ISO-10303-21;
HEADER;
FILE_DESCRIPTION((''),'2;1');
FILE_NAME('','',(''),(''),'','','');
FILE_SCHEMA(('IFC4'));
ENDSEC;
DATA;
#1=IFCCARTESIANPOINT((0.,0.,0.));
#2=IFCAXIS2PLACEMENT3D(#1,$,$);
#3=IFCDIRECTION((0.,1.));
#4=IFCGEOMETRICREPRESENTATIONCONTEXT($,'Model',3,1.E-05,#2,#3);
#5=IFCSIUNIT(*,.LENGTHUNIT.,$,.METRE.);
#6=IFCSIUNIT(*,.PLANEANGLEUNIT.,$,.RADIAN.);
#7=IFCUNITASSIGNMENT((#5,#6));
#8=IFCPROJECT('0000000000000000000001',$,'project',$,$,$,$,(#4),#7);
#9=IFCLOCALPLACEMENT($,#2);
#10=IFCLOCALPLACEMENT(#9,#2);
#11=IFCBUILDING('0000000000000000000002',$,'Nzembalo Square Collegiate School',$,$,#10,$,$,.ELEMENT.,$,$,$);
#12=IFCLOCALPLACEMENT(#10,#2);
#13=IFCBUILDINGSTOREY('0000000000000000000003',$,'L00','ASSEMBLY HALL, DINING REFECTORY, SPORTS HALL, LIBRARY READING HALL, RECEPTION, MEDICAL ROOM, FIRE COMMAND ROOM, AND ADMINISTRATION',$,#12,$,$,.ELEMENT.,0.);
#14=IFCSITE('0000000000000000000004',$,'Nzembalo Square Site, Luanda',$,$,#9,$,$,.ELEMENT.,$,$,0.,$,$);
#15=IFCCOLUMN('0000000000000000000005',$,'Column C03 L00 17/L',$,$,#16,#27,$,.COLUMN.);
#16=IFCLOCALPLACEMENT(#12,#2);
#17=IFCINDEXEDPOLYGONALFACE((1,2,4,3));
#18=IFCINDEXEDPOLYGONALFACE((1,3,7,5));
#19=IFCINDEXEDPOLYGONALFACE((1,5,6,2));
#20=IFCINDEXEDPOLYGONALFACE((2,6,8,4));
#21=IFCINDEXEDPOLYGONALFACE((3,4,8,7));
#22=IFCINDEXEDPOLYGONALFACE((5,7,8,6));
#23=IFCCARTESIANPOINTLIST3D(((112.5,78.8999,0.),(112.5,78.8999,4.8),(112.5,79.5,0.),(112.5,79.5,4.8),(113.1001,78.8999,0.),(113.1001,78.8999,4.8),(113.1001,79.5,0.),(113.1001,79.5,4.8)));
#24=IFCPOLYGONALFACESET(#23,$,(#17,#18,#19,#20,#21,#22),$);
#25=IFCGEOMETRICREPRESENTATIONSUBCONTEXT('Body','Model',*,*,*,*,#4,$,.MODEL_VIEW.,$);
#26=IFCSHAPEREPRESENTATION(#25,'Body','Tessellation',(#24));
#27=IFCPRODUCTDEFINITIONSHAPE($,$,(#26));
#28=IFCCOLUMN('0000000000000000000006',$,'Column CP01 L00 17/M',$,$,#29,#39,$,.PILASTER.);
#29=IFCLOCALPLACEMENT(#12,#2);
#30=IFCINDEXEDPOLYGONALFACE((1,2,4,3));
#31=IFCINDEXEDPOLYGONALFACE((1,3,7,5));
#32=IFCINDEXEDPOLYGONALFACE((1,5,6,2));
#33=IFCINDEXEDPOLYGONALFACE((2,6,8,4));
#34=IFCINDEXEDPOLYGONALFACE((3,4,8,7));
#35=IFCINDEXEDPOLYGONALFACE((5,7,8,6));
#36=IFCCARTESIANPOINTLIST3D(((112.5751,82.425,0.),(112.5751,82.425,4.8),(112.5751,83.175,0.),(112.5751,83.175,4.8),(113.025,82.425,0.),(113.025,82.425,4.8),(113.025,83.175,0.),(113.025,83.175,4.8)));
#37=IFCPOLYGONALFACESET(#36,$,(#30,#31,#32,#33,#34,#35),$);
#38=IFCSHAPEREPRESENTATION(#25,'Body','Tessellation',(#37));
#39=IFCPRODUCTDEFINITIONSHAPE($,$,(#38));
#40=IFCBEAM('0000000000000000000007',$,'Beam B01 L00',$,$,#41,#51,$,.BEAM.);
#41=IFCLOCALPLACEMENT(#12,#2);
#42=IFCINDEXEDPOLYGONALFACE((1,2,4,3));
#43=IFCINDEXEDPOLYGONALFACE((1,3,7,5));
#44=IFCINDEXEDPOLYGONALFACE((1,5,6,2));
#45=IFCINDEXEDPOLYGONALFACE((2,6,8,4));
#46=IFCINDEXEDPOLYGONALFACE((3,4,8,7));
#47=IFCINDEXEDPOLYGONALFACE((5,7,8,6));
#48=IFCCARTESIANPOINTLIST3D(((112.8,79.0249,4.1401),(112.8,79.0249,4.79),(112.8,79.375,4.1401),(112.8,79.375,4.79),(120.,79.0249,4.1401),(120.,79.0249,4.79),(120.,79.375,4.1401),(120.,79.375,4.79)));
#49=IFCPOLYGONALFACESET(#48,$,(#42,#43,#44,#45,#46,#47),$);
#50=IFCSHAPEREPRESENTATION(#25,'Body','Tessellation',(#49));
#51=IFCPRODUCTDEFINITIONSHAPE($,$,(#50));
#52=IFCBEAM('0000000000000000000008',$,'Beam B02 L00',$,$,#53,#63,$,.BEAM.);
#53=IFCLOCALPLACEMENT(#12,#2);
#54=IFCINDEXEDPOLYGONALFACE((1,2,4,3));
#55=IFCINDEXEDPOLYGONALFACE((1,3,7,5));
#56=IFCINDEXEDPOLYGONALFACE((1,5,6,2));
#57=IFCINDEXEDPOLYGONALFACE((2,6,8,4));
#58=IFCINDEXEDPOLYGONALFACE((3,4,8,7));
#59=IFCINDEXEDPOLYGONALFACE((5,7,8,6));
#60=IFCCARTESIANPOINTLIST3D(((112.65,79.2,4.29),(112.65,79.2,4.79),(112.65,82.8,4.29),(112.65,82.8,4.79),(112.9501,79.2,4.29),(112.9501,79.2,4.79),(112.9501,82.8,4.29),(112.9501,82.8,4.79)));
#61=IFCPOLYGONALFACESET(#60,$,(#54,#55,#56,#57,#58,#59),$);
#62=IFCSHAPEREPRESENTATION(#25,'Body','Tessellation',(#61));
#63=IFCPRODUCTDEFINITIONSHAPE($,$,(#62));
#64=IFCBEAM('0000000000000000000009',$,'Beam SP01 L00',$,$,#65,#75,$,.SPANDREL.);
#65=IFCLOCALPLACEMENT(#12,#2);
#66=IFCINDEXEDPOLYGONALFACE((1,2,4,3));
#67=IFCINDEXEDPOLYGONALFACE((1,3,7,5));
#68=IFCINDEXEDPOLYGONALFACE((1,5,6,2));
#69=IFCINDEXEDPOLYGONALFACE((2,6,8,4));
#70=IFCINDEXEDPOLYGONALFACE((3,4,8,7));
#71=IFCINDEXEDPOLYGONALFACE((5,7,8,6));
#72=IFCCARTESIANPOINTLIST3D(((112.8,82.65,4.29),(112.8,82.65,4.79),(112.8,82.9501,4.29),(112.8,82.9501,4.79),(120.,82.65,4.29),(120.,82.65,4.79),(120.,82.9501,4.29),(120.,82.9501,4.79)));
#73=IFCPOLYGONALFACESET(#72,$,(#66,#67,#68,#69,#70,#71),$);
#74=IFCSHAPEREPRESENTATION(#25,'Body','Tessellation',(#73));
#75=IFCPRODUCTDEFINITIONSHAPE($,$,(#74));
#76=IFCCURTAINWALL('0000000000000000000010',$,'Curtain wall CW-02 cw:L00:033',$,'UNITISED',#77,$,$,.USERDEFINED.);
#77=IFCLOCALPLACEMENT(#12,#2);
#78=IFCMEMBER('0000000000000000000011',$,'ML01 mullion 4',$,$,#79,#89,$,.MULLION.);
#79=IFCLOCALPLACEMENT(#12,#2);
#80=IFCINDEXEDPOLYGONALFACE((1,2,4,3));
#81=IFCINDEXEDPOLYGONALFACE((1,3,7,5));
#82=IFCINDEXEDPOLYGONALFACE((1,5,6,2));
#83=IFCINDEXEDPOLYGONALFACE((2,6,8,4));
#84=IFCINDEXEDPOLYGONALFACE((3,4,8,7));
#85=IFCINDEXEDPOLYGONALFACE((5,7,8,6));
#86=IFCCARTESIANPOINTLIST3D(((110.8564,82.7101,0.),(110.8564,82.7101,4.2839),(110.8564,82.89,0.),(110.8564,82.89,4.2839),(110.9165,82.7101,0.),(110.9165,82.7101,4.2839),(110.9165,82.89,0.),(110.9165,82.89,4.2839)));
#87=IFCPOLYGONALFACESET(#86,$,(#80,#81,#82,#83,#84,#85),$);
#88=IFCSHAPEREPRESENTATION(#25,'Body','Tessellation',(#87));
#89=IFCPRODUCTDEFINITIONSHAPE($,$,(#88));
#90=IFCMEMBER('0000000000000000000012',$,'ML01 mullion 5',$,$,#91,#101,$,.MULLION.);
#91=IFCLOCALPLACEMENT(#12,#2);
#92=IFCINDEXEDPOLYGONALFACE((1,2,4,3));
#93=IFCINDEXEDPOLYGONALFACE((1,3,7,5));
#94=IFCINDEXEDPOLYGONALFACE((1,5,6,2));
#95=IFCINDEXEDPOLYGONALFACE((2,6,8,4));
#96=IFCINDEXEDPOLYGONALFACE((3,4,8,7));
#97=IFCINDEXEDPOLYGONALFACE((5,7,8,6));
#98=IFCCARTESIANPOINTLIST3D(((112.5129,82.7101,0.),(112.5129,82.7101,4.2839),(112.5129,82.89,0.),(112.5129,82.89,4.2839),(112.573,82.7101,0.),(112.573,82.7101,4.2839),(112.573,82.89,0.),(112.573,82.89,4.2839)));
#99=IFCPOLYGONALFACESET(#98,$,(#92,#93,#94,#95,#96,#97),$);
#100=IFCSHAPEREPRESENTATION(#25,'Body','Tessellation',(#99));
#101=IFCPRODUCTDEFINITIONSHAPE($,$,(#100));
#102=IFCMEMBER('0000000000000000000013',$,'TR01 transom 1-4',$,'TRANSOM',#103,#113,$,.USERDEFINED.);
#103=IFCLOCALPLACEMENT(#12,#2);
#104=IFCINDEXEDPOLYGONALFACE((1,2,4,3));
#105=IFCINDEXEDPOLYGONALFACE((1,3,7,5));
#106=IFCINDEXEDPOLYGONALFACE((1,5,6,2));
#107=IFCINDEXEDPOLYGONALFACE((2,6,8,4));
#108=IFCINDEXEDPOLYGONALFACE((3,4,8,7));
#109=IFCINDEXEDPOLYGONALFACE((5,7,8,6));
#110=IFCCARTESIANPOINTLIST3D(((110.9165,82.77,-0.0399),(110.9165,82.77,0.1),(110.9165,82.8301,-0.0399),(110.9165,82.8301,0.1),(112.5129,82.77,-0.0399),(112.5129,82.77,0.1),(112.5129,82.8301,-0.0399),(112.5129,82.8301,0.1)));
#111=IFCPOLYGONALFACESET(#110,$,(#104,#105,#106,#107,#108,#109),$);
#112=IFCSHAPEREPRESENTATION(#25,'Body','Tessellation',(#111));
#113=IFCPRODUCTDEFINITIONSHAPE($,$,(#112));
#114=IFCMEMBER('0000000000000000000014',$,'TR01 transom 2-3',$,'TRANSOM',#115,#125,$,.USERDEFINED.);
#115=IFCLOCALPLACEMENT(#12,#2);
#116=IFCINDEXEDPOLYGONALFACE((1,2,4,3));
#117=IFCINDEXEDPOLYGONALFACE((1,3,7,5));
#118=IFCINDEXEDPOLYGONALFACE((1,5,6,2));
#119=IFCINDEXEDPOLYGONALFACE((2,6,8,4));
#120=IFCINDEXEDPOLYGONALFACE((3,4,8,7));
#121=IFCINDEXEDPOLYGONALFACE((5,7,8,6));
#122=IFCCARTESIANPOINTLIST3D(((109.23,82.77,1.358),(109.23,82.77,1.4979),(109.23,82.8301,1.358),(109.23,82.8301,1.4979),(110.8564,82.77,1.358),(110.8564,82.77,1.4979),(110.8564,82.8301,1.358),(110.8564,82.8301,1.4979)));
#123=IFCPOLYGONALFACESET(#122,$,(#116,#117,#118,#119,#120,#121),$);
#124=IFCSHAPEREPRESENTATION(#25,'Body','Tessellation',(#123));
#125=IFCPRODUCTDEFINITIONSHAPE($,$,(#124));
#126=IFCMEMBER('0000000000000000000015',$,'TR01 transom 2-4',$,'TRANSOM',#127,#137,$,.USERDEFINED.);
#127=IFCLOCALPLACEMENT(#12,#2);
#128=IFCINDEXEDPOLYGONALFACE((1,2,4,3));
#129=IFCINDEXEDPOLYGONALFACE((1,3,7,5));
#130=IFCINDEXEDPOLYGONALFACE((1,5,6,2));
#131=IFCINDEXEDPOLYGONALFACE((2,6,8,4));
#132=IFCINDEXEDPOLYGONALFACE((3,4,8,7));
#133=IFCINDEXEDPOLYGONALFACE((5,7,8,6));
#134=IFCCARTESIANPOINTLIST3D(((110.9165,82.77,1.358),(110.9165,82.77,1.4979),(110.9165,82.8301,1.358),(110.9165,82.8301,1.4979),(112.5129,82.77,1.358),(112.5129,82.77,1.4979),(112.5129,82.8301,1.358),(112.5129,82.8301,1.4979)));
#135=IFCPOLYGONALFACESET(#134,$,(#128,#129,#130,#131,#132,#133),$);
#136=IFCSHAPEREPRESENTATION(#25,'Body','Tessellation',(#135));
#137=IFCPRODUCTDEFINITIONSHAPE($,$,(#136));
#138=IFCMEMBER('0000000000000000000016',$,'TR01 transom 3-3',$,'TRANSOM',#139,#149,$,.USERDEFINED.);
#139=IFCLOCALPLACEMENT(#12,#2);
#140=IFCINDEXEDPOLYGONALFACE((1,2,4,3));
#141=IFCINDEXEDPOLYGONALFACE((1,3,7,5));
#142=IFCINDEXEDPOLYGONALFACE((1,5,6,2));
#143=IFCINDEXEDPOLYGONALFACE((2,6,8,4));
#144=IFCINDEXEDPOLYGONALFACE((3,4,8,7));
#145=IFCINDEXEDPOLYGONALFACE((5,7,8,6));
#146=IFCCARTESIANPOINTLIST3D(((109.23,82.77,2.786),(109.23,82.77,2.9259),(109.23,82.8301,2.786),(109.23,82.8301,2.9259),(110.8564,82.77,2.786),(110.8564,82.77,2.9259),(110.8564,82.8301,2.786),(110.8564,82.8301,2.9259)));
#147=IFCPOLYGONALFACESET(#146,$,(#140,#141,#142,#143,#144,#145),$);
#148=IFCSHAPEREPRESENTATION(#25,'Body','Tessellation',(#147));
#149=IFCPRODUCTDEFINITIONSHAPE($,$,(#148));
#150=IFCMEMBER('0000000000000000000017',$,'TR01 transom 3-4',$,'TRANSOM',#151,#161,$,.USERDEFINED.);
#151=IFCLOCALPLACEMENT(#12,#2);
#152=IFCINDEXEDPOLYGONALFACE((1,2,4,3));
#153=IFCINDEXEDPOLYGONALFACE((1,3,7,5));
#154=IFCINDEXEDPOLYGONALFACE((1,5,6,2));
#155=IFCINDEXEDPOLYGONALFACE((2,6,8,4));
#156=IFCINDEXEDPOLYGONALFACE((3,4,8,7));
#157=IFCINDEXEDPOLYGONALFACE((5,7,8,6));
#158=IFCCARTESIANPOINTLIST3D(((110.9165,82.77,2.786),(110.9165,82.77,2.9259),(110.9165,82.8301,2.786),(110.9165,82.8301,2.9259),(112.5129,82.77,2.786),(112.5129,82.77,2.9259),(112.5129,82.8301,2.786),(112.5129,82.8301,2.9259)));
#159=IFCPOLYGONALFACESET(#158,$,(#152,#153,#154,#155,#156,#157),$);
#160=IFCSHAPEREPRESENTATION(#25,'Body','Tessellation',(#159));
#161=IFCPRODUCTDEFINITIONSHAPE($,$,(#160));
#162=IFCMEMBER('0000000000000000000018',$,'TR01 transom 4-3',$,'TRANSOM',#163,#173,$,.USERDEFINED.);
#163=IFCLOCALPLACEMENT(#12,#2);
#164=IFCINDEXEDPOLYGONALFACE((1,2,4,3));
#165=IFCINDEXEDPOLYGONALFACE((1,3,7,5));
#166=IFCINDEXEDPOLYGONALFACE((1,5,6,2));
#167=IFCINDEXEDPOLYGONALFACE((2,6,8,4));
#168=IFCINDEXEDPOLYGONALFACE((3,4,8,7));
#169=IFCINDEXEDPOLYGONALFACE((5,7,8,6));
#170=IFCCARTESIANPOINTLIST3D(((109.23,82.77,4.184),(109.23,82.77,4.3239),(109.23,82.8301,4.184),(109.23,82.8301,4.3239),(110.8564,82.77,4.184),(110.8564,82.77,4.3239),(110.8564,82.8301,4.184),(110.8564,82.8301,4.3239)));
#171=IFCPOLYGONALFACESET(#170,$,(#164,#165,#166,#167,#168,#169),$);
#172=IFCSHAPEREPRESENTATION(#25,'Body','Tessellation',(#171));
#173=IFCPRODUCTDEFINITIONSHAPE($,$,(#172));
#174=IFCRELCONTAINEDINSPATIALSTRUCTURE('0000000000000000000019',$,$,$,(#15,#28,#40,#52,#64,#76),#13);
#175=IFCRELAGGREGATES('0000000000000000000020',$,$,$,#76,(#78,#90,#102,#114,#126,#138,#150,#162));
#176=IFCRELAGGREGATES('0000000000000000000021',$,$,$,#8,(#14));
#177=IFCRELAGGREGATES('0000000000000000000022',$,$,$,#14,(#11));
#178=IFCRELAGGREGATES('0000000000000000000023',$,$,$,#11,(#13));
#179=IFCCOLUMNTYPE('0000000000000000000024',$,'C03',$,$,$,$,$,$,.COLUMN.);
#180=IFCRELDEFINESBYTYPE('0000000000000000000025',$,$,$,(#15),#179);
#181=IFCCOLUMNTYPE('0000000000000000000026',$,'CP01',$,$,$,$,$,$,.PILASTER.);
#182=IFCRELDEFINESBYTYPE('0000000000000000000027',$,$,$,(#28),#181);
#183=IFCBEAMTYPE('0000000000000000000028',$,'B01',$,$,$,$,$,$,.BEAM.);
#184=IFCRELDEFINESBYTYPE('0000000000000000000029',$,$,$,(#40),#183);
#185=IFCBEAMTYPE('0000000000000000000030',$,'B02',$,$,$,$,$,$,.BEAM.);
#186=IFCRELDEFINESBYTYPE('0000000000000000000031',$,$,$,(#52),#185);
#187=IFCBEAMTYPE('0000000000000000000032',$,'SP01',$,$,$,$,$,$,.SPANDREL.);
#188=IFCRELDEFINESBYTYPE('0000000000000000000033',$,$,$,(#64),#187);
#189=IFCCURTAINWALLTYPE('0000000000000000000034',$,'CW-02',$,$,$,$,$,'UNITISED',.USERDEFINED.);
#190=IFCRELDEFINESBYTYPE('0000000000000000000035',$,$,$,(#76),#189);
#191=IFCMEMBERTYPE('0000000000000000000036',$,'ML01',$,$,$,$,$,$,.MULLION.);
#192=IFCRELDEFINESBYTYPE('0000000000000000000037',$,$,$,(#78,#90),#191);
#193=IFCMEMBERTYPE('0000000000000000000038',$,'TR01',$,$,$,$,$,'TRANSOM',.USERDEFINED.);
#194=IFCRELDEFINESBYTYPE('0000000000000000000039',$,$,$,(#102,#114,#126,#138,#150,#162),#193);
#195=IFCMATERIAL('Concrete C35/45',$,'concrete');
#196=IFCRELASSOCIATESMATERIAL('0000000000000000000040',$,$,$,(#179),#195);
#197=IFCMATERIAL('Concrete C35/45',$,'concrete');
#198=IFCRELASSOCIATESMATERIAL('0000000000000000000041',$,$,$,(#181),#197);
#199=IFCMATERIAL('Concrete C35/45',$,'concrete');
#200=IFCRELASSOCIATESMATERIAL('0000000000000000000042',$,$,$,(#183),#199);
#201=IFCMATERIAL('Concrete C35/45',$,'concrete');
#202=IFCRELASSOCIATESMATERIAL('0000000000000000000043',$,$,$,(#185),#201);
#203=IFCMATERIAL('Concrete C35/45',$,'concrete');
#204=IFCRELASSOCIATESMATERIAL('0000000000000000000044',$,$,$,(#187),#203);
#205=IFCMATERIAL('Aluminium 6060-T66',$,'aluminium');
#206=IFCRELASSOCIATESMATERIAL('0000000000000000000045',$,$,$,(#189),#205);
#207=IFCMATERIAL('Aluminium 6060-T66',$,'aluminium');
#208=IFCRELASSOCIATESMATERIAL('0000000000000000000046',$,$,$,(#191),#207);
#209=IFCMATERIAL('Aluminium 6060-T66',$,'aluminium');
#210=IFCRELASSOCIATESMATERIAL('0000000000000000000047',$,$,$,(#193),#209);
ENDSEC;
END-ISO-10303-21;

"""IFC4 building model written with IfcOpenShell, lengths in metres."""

from ifc_helpers import new_model, si_unit, direction, frame, origin, origin_2d, place, context, subcontext, project, spatial, rectangle, extrude, material, material_profile, profile_set, type_object, element, aggregate, save


model = new_model("IFC4")

# Units and contexts
model_context = context("Model", 3, precision=1e-05, world=origin(), true_north=direction((0.0, 1.0)))
body_context = subcontext(model_context, "Body", "Model", "MODEL_VIEW")
ifc_project = project(units=[si_unit("LENGTHUNIT", "METRE"), si_unit("PLANEANGLEUNIT", "RADIAN")], contexts=[model_context])

# Site, building, storey
site_placement = place(None, origin())
site = spatial("IfcSite", under=ifc_project, at=site_placement, Name="Nzembalo Square Site, Luanda", CompositionType="ELEMENT", RefElevation=0.0)
building_placement = place(site_placement, origin())
building = spatial("IfcBuilding", under=site, at=building_placement, Name="Nzembalo Square Collegiate School", CompositionType="ELEMENT")
storey_placement = place(building_placement, origin())
storey = spatial("IfcBuildingStorey", under=building, at=storey_placement, Name="L00", Description="ASSEMBLY HALL, DINING REFECTORY, SPORTS HALL, LIBRARY READING HALL, RECEPTION, MEDICAL ROOM, FIRE COMMAND ROOM, AND ADMINISTRATION", CompositionType="ELEMENT", Elevation=0.0)

# Columns
ifc_material_1 = material(Name="Concrete C35/45", Category="concrete")
ifc_material_profile_1 = material_profile(ifc_material_1, rectangle(XDim=0.6001, YDim=0.6001, at=origin_2d()), Name="RC 600x600")
ifc_profile_set_1 = profile_set([ifc_material_profile_1], Name="Concrete C35/45")
column_type_1 = type_object("IfcColumnType", Name="C03", PredefinedType="COLUMN", material=ifc_profile_set_1)
column_1_placement = place(storey_placement, frame((112.8, 79.2, 0.0), z_axis=(0.0, 0.0, 1.0), x_axis=(1.0, 0.0, 0.0)))
element("IfcColumn", 1, at=column_1_placement, inside=storey, type_object=column_type_1, Name="Column C03 L00 17/L", PredefinedType="COLUMN", context=body_context, shape_type="SweptSolid", body=[
    extrude(rectangle(XDim=0.6001, YDim=0.6001, at=origin_2d()), origin(), (0.0, 0.0, 1.0), 4.8),
])
ifc_material_2 = material(Name="Concrete C35/45", Category="concrete")
ifc_material_profile_2 = material_profile(ifc_material_2, rectangle(XDim=0.45, YDim=0.75, at=origin_2d()), Name="RC 450x750")
ifc_profile_set_2 = profile_set([ifc_material_profile_2], Name="Concrete C35/45")
column_type_2 = type_object("IfcColumnType", Name="CP01", PredefinedType="PILASTER", material=ifc_profile_set_2)
column_2_placement = place(storey_placement, frame((112.8, 82.8, 0.0), z_axis=(0.0, 0.0, 1.0), x_axis=(1.0, 0.0, 0.0)))
element("IfcColumn", 2, at=column_2_placement, inside=storey, type_object=column_type_2, Name="Column CP01 L00 17/M", PredefinedType="PILASTER", context=body_context, shape_type="SweptSolid", body=[
    extrude(rectangle(XDim=0.45, YDim=0.75, at=origin_2d()), origin(), (0.0, 0.0, 1.0), 4.8),
])

# Beams
ifc_material_3 = material(Name="Concrete C35/45", Category="concrete")
ifc_material_profile_3 = material_profile(ifc_material_3, rectangle(XDim=0.3501, YDim=0.6499, at=origin_2d()), Name="RC 350x650")
ifc_profile_set_3 = profile_set([ifc_material_profile_3], Name="Concrete C35/45")
beam_type_1 = type_object("IfcBeamType", Name="B01", PredefinedType="BEAM", material=ifc_profile_set_3)
beam_1_placement = place(storey_placement, frame((112.8, 79.2, 4.4651), z_axis=(1.0, 0.0, 0.0), x_axis=(0.0, 1.0, 0.0)))
element("IfcBeam", 3, at=beam_1_placement, inside=storey, type_object=beam_type_1, Name="Beam B01 L00", PredefinedType="BEAM", context=body_context, shape_type="SweptSolid", body=[
    extrude(rectangle(XDim=0.3501, YDim=0.6499, at=origin_2d()), origin(), (0.0, 0.0, 1.0), 7.2),
])
ifc_material_4 = material(Name="Concrete C35/45", Category="concrete")
ifc_material_profile_4 = material_profile(ifc_material_4, rectangle(XDim=0.3, YDim=0.5, at=origin_2d()), Name="RC 300x500")
ifc_profile_set_4 = profile_set([ifc_material_profile_4], Name="Concrete C35/45")
beam_type_2 = type_object("IfcBeamType", Name="B02", PredefinedType="BEAM", material=ifc_profile_set_4)
beam_2_placement = place(storey_placement, frame((112.8, 79.2, 4.54), z_axis=(0.0, 1.0, 0.0), x_axis=(-1.0, 0.0, 0.0)))
element("IfcBeam", 4, at=beam_2_placement, inside=storey, type_object=beam_type_2, Name="Beam B02 L00", PredefinedType="BEAM", context=body_context, shape_type="SweptSolid", body=[
    extrude(rectangle(XDim=0.3, YDim=0.5, at=origin_2d()), origin(), (0.0, 0.0, 1.0), 3.6001),
])
ifc_material_5 = material(Name="Concrete C35/45", Category="concrete")
ifc_material_profile_5 = material_profile(ifc_material_5, rectangle(XDim=0.3, YDim=0.5, at=origin_2d()), Name="RC 300x500")
ifc_profile_set_5 = profile_set([ifc_material_profile_5], Name="Concrete C35/45")
beam_type_3 = type_object("IfcBeamType", Name="SP01", PredefinedType="SPANDREL", material=ifc_profile_set_5)
beam_3_placement = place(storey_placement, frame((112.8, 82.8, 4.54), z_axis=(1.0, 0.0, 0.0), x_axis=(0.0, 1.0, 0.0)))
element("IfcBeam", 5, at=beam_3_placement, inside=storey, type_object=beam_type_3, Name="Beam SP01 L00", PredefinedType="SPANDREL", context=body_context, shape_type="SweptSolid", body=[
    extrude(rectangle(XDim=0.3, YDim=0.5, at=origin_2d()), origin(), (0.0, 0.0, 1.0), 7.2),
])

# Curtain wall, members
ifc_material_6 = material(Name="Aluminium 6060-T66", Category="aluminium")
curtain_wall_type = type_object("IfcCurtainWallType", Name="CW-02", ElementType="UNITISED", PredefinedType="USERDEFINED", material=ifc_material_6)
curtain_wall_placement = place(storey_placement, origin())
curtain_wall = element("IfcCurtainWall", 6, at=curtain_wall_placement, inside=storey, type_object=curtain_wall_type, Name="Curtain wall CW-02 cw:L00:033", ObjectType="UNITISED", PredefinedType="USERDEFINED")
ifc_material_7 = material(Name="Aluminium 6060-T66", Category="aluminium")
ifc_material_profile_6 = material_profile(ifc_material_7, rectangle(XDim=0.0601, YDim=0.1799, at=origin_2d()), Name="ALU M60x180")
ifc_profile_set_6 = profile_set([ifc_material_profile_6], Name="Aluminium 6060-T66")
member_type_1 = type_object("IfcMemberType", Name="ML01", PredefinedType="MULLION", material=ifc_profile_set_6)
member_1_placement = place(storey_placement, frame((110.8865, 82.8, 0.0), z_axis=(0.0, 0.0, 1.0), x_axis=(1.0, 0.0, 0.0)))
member_1 = element("IfcMember", 7, at=member_1_placement, type_object=member_type_1, Name="ML01 mullion 4", PredefinedType="MULLION", context=body_context, shape_type="SweptSolid", body=[
    extrude(rectangle(XDim=0.0601, YDim=0.1799, at=origin_2d()), origin(), (0.0, 0.0, 1.0), 4.2839),
])
member_2_placement = place(storey_placement, frame((112.543, 82.8, 0.0), z_axis=(0.0, 0.0, 1.0), x_axis=(1.0, 0.0, 0.0)))
member_2 = element("IfcMember", 8, at=member_2_placement, type_object=member_type_1, Name="ML01 mullion 5", PredefinedType="MULLION", context=body_context, shape_type="SweptSolid", body=[
    extrude(rectangle(XDim=0.0601, YDim=0.1799, at=origin_2d()), origin(), (0.0, 0.0, 1.0), 4.2839),
])
ifc_material_8 = material(Name="Aluminium 6060-T66", Category="aluminium")
ifc_material_profile_7 = material_profile(ifc_material_8, rectangle(XDim=0.0601, YDim=0.1399, at=origin_2d()), Name="ALU T60x140")
ifc_profile_set_7 = profile_set([ifc_material_profile_7], Name="Aluminium 6060-T66")
member_type_2 = type_object("IfcMemberType", Name="TR01", ElementType="TRANSOM", PredefinedType="USERDEFINED", material=ifc_profile_set_7)
member_3_placement = place(storey_placement, frame((110.9165, 82.8, 0.03), z_axis=(1.0, 0.0, 0.0), x_axis=(0.0, 1.0, 0.0)))
member_3 = element("IfcMember", 9, at=member_3_placement, type_object=member_type_2, Name="TR01 transom 1-4", ObjectType="TRANSOM", PredefinedType="USERDEFINED", context=body_context, shape_type="SweptSolid", body=[
    extrude(rectangle(XDim=0.0601, YDim=0.1399, at=origin_2d()), origin(), (0.0, 0.0, 1.0), 1.5964),
])
member_4_placement = place(storey_placement, frame((109.23, 82.8, 1.428), z_axis=(1.0, 0.0, 0.0), x_axis=(0.0, 1.0, 0.0)))
member_4 = element("IfcMember", 10, at=member_4_placement, type_object=member_type_2, Name="TR01 transom 2-3", ObjectType="TRANSOM", PredefinedType="USERDEFINED", context=body_context, shape_type="SweptSolid", body=[
    extrude(rectangle(XDim=0.0601, YDim=0.1399, at=origin_2d()), origin(), (0.0, 0.0, 1.0), 1.6265),
])
member_5_placement = place(storey_placement, frame((110.9165, 82.8, 1.428), z_axis=(1.0, 0.0, 0.0), x_axis=(0.0, 1.0, 0.0)))
member_5 = element("IfcMember", 11, at=member_5_placement, type_object=member_type_2, Name="TR01 transom 2-4", ObjectType="TRANSOM", PredefinedType="USERDEFINED", context=body_context, shape_type="SweptSolid", body=[
    extrude(rectangle(XDim=0.0601, YDim=0.1399, at=origin_2d()), origin(), (0.0, 0.0, 1.0), 1.5964),
])
member_6_placement = place(storey_placement, frame((109.23, 82.8, 2.856), z_axis=(1.0, 0.0, 0.0), x_axis=(0.0, 1.0, 0.0)))
member_6 = element("IfcMember", 12, at=member_6_placement, type_object=member_type_2, Name="TR01 transom 3-3", ObjectType="TRANSOM", PredefinedType="USERDEFINED", context=body_context, shape_type="SweptSolid", body=[
    extrude(rectangle(XDim=0.0601, YDim=0.1399, at=origin_2d()), origin(), (0.0, 0.0, 1.0), 1.6265),
])
member_7_placement = place(storey_placement, frame((110.9165, 82.8, 2.856), z_axis=(1.0, 0.0, 0.0), x_axis=(0.0, 1.0, 0.0)))
member_7 = element("IfcMember", 13, at=member_7_placement, type_object=member_type_2, Name="TR01 transom 3-4", ObjectType="TRANSOM", PredefinedType="USERDEFINED", context=body_context, shape_type="SweptSolid", body=[
    extrude(rectangle(XDim=0.0601, YDim=0.1399, at=origin_2d()), origin(), (0.0, 0.0, 1.0), 1.5964),
])
member_8_placement = place(storey_placement, frame((109.23, 82.8, 4.2539), z_axis=(1.0, 0.0, 0.0), x_axis=(0.0, 1.0, 0.0)))
member_8 = element("IfcMember", 14, at=member_8_placement, type_object=member_type_2, Name="TR01 transom 4-3", ObjectType="TRANSOM", PredefinedType="USERDEFINED", context=body_context, shape_type="SweptSolid", body=[
    extrude(rectangle(XDim=0.0601, YDim=0.1399, at=origin_2d()), origin(), (0.0, 0.0, 1.0), 1.6265),
])
aggregate(curtain_wall, [member_1, member_2, member_3, member_4, member_5, member_6, member_7, member_8])

save(model, "model.ifc")
